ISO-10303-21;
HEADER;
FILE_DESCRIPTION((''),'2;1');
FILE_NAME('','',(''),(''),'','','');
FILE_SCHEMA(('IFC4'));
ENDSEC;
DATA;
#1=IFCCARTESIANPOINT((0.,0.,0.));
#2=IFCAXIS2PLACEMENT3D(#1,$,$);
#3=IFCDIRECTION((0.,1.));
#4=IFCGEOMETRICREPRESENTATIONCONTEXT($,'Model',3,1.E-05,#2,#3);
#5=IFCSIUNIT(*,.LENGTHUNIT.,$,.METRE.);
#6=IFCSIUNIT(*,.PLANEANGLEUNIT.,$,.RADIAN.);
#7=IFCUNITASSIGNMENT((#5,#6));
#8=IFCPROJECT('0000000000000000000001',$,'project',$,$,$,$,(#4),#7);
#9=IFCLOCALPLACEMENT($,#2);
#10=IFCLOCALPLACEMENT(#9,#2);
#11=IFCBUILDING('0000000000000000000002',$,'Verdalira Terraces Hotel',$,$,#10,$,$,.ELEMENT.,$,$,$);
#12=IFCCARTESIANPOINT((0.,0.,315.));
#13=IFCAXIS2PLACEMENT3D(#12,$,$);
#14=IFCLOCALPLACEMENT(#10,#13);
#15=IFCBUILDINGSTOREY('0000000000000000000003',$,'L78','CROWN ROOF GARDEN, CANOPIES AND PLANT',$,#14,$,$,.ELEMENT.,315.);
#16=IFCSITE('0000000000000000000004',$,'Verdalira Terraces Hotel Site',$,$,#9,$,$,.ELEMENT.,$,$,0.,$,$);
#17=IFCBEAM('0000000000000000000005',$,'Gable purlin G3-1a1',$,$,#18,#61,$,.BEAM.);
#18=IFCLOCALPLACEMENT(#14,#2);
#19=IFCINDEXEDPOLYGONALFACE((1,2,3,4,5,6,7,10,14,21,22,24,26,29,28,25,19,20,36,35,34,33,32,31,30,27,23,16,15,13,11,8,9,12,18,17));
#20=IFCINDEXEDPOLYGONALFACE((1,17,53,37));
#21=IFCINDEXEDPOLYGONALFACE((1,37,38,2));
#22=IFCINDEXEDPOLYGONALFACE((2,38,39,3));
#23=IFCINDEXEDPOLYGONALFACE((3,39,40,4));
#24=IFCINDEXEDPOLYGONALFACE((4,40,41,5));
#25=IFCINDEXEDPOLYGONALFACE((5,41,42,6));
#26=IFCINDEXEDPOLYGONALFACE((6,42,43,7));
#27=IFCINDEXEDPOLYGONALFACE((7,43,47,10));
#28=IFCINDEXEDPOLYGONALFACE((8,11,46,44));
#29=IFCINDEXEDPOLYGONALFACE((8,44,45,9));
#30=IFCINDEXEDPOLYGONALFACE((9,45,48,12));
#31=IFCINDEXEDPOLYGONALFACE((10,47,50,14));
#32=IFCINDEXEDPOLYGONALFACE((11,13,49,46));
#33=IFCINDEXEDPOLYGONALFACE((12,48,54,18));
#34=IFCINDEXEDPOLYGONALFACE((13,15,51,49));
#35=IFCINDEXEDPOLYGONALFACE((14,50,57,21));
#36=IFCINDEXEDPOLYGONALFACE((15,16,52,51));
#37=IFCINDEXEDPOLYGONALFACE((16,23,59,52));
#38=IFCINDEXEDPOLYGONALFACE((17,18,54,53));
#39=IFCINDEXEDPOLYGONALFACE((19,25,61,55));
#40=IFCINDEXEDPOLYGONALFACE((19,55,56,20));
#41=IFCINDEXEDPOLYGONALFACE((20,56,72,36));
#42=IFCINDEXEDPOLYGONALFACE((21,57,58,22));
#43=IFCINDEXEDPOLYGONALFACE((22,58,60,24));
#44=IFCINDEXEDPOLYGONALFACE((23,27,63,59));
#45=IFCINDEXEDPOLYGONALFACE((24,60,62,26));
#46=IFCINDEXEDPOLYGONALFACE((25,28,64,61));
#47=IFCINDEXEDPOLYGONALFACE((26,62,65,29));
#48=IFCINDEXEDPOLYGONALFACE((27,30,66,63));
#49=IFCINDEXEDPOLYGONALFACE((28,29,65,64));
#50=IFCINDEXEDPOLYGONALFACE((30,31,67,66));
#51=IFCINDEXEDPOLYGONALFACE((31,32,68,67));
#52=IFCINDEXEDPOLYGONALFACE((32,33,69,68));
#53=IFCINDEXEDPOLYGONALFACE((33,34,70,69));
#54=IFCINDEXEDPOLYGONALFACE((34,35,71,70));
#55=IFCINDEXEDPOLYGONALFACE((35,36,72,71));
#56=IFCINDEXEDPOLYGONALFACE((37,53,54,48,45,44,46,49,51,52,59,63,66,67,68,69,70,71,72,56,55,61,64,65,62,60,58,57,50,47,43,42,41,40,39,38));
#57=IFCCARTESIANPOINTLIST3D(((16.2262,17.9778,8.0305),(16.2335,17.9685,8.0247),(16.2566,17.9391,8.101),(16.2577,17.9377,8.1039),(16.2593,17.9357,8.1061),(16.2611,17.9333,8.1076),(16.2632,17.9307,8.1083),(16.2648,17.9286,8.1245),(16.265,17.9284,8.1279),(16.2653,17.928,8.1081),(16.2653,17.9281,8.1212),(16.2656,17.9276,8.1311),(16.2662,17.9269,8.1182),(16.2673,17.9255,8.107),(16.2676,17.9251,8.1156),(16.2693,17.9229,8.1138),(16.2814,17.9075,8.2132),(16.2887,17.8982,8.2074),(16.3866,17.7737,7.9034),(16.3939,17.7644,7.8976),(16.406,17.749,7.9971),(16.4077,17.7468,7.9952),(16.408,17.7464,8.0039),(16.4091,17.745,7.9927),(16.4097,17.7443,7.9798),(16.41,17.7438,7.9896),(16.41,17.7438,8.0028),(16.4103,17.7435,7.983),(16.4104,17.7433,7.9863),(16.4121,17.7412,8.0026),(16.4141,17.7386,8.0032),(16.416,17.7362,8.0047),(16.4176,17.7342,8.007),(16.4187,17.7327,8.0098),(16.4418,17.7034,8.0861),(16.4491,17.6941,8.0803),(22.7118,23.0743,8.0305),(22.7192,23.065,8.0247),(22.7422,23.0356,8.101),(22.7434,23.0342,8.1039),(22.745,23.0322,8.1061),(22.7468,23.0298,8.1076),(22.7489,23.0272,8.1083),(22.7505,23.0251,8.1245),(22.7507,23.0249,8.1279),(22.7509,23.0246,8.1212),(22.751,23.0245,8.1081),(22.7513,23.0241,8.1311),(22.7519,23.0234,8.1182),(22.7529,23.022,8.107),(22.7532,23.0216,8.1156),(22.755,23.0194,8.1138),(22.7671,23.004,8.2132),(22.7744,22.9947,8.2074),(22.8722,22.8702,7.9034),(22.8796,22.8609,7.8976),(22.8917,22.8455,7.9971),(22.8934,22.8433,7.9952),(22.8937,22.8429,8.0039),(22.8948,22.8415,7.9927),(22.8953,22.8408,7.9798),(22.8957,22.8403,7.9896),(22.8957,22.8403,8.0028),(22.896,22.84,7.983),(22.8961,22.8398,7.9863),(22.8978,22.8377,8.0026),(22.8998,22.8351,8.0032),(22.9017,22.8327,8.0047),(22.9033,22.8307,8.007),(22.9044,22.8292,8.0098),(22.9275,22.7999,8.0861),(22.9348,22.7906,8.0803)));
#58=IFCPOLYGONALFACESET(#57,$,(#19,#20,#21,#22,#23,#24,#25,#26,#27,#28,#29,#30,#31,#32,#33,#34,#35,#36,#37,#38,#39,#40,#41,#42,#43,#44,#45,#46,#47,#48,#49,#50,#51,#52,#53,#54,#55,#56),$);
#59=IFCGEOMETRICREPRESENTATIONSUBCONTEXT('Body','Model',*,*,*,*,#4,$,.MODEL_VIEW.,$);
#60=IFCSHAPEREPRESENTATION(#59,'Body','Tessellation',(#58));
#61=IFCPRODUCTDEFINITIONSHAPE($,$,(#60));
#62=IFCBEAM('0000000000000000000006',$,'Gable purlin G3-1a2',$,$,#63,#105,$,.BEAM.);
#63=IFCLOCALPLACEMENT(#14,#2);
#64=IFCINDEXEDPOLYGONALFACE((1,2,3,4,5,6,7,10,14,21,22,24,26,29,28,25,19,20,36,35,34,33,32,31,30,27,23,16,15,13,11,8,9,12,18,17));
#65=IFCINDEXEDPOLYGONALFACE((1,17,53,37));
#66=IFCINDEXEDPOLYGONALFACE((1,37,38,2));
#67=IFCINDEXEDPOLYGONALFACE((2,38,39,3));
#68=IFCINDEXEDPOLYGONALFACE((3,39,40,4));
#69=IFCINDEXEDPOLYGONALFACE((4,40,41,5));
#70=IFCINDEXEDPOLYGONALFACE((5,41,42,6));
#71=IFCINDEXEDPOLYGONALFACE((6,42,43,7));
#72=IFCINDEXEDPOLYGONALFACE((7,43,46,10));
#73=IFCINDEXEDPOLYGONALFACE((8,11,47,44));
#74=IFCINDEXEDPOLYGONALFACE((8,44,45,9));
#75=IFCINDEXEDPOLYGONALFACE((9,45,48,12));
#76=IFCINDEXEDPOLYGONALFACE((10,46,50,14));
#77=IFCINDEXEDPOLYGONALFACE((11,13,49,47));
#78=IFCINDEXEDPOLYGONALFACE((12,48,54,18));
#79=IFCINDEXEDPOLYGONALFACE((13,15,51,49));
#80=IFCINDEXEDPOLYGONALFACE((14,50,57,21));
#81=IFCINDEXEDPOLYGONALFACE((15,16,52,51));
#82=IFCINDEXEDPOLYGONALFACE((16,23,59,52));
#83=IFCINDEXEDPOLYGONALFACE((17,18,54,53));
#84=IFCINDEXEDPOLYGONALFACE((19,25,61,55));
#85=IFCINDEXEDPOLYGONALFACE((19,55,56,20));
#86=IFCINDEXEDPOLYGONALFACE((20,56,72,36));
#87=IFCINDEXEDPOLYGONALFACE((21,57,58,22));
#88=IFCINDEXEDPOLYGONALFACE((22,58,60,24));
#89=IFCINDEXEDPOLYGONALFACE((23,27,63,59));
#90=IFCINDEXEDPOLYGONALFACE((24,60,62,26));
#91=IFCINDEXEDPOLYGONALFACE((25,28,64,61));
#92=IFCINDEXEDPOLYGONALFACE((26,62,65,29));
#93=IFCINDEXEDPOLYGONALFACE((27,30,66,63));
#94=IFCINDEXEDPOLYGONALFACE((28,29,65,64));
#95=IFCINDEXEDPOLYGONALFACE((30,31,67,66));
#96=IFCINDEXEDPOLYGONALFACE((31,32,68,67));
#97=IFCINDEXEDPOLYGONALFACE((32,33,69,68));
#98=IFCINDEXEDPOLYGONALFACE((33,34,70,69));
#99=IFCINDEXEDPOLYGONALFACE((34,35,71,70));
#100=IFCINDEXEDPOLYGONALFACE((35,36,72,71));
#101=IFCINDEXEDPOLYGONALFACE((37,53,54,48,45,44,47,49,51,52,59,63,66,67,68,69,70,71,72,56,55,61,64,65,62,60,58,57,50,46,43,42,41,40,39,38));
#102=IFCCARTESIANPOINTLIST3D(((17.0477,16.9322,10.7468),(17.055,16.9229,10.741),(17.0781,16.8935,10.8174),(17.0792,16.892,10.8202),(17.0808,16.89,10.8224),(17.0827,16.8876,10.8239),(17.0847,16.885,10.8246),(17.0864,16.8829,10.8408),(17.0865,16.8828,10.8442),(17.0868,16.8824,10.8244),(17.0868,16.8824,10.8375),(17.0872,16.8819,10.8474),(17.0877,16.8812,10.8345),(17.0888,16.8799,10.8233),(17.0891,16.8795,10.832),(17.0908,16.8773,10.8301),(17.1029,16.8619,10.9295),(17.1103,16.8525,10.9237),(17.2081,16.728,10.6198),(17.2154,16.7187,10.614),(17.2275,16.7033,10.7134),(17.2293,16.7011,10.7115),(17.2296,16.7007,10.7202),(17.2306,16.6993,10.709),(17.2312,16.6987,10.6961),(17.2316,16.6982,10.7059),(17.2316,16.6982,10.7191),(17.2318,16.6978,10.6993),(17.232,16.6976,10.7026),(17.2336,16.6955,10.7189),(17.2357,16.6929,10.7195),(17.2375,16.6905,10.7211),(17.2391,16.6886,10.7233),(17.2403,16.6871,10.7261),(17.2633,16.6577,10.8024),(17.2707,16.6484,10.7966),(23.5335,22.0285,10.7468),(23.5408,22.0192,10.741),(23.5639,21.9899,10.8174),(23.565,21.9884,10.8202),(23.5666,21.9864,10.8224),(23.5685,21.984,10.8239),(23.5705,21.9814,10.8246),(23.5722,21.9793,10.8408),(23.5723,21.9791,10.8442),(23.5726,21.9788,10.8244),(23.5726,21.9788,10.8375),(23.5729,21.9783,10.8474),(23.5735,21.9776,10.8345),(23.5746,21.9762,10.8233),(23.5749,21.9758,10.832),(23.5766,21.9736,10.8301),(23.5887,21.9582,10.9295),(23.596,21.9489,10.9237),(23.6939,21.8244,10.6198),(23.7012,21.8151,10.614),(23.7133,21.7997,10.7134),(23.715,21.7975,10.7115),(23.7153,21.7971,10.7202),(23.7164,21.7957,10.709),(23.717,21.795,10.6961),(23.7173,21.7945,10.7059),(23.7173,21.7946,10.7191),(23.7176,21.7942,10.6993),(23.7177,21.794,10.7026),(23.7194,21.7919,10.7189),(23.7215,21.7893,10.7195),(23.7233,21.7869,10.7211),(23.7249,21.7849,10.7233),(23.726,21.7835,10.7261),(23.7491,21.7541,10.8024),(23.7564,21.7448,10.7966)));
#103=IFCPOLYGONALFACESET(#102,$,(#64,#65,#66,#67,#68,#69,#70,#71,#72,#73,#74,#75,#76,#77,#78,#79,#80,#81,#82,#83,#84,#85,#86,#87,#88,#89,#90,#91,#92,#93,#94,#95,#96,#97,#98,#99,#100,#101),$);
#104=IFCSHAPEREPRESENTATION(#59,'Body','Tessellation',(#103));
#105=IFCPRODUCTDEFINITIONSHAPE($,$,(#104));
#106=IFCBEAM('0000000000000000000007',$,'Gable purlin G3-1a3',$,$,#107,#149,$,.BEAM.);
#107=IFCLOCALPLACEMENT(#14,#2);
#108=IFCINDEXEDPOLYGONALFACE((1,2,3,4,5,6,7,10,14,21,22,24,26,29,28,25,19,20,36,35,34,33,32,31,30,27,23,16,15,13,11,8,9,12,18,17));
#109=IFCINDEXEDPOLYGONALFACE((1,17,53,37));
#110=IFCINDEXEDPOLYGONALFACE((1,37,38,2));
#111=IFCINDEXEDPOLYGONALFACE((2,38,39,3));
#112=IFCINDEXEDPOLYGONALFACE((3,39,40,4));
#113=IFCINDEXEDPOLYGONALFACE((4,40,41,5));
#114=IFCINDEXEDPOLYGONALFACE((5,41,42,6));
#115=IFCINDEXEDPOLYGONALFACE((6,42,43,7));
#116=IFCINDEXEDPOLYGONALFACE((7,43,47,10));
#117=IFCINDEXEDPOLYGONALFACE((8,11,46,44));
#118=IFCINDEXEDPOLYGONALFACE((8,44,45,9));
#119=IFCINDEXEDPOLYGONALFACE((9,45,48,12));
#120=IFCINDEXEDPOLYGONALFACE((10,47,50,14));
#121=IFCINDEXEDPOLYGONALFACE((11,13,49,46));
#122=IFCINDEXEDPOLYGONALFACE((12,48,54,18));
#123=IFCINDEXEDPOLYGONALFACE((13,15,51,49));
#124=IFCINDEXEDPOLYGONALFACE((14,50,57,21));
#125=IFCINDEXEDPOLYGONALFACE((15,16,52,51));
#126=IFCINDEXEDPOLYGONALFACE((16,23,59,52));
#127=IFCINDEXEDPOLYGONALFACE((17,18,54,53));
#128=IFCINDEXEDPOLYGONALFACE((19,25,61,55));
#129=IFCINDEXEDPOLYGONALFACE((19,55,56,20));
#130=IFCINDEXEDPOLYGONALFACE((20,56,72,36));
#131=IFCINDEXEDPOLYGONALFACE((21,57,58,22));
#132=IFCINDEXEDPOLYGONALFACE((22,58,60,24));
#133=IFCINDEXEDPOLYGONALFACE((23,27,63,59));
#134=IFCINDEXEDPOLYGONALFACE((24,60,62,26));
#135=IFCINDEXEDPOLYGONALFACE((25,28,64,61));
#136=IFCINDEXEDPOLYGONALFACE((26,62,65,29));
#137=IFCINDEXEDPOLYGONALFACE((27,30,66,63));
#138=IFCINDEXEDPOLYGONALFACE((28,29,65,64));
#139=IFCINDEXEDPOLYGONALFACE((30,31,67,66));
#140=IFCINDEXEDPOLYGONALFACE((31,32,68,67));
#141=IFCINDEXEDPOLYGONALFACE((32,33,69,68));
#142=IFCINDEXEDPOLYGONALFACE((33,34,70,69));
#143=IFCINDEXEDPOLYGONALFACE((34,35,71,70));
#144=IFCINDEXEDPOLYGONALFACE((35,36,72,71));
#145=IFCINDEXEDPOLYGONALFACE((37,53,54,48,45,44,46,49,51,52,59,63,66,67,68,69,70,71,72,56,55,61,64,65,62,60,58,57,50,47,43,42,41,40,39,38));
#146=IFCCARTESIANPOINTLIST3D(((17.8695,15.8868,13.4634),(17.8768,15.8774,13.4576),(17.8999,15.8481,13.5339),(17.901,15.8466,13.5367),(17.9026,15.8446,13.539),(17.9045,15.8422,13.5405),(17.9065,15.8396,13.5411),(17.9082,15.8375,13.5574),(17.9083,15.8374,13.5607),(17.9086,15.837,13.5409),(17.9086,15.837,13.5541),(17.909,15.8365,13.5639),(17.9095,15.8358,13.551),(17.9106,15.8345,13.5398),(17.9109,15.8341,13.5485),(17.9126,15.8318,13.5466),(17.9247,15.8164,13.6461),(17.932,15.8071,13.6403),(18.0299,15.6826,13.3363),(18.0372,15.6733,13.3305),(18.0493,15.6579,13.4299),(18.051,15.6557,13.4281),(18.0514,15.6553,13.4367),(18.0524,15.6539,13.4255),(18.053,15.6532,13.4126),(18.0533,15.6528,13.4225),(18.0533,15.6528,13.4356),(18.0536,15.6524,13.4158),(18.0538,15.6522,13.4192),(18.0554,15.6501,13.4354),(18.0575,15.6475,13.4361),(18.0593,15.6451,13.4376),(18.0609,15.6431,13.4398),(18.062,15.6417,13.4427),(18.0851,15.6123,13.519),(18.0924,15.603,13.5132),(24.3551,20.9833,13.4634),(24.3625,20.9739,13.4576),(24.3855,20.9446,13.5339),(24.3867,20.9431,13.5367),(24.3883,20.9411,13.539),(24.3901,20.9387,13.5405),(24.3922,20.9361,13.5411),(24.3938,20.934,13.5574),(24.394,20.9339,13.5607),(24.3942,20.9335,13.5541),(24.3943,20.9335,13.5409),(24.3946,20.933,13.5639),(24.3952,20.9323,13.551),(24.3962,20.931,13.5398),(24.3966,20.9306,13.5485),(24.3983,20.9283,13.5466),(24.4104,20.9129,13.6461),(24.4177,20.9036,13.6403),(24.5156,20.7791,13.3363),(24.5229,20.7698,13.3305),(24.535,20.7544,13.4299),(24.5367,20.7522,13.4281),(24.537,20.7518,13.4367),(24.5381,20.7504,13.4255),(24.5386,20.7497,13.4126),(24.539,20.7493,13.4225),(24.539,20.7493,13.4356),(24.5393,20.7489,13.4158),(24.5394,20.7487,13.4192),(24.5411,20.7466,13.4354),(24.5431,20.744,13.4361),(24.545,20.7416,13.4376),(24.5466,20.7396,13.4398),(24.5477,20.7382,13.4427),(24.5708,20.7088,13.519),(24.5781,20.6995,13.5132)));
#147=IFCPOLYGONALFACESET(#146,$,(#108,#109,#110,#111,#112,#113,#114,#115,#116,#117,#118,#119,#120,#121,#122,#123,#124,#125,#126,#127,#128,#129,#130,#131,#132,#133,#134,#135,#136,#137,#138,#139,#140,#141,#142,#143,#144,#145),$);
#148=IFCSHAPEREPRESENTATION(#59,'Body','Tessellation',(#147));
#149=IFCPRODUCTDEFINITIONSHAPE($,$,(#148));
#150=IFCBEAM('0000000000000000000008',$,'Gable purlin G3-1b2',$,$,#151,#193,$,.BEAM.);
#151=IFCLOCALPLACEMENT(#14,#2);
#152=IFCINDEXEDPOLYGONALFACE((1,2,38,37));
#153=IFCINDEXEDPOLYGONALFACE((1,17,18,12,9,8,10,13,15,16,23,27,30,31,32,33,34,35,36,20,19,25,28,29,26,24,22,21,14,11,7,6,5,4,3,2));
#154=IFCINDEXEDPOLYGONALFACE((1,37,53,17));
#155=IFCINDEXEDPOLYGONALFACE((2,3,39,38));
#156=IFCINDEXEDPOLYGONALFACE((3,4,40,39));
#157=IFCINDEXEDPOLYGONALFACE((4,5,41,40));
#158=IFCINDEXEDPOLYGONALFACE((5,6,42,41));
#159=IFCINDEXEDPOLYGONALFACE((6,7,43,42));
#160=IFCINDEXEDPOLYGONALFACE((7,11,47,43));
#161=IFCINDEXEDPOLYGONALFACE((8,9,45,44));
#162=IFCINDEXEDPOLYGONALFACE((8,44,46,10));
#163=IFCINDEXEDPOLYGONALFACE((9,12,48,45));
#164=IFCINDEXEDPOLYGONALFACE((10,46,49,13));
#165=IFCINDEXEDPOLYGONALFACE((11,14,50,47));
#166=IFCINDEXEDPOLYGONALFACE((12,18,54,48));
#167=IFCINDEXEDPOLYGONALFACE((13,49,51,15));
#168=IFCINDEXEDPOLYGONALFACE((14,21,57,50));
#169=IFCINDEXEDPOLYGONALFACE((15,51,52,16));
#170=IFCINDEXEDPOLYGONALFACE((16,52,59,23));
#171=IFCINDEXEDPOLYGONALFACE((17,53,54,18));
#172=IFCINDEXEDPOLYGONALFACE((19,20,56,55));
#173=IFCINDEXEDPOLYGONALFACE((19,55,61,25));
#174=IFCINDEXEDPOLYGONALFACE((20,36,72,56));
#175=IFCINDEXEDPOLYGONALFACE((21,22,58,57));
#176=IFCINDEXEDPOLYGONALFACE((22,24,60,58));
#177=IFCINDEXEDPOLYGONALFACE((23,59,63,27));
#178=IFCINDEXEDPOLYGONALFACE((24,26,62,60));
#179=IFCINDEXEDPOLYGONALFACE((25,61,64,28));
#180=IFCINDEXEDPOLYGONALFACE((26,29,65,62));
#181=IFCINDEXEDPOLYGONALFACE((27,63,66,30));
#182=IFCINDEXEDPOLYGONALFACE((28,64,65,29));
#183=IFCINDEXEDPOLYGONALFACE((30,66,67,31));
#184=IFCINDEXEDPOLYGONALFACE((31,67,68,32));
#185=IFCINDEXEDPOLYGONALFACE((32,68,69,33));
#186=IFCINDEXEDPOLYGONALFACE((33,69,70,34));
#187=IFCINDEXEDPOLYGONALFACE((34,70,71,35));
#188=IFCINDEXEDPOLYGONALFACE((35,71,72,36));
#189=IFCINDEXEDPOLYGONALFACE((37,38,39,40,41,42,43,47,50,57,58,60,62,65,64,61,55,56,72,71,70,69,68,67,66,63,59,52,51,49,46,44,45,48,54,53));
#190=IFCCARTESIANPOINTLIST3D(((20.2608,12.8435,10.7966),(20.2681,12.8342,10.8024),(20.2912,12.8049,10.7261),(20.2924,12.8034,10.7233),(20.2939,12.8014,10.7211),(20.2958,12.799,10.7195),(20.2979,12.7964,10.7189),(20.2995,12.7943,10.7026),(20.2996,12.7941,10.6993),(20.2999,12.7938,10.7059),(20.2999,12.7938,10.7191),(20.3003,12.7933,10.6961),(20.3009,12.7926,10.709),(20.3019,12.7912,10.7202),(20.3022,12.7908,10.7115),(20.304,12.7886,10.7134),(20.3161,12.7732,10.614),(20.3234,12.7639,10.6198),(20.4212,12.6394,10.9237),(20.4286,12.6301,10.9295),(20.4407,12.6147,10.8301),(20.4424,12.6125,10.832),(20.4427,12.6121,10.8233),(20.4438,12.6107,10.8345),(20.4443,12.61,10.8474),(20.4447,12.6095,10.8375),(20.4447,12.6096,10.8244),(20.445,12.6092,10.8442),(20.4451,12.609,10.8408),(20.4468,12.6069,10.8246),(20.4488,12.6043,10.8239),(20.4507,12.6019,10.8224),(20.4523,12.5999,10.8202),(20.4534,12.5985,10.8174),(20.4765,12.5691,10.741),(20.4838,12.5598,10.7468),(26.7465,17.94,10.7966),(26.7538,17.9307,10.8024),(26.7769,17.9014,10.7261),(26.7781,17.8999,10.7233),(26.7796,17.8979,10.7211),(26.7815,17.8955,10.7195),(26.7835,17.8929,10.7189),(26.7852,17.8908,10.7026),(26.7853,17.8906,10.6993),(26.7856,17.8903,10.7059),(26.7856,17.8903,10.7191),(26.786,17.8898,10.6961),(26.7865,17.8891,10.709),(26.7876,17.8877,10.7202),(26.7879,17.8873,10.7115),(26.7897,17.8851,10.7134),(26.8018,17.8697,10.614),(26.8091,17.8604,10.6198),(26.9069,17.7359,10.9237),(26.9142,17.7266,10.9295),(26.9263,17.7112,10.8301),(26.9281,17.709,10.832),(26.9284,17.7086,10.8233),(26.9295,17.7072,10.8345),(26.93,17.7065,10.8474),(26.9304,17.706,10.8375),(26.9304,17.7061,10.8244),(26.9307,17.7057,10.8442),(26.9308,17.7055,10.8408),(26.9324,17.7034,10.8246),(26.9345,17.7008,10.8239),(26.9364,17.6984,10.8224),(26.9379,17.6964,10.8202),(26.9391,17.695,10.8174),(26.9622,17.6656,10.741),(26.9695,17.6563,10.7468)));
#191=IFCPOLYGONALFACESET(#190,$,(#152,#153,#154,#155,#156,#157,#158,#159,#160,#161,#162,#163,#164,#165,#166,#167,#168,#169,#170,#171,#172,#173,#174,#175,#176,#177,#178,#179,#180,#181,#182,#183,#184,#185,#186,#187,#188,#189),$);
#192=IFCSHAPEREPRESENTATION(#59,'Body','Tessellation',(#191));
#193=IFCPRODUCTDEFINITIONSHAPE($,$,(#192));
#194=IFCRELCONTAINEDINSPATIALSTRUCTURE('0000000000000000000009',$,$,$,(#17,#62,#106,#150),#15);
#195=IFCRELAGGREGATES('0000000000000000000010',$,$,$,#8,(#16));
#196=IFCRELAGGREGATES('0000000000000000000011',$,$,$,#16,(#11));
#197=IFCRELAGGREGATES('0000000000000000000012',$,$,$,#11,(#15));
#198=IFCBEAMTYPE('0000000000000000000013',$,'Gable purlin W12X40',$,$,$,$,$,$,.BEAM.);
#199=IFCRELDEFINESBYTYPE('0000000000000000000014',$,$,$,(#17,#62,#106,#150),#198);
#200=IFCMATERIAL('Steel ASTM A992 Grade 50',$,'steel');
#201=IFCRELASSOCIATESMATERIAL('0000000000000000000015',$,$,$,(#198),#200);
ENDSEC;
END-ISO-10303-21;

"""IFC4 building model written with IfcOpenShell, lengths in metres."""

from ifc_helpers import new_model, si_unit, direction, frame, origin, origin_2d, place, context, subcontext, project, spatial, i_section, extrude, material, material_profile, profile_set, type_object, element, save


model = new_model("IFC4")

# Units and contexts
model_context = context("Model", 3, precision=1e-05, world=origin(), true_north=direction((0.0, 1.0)))
body_context = subcontext(model_context, "Body", "Model", "MODEL_VIEW")
ifc_project = project(units=[si_unit("LENGTHUNIT", "METRE"), si_unit("PLANEANGLEUNIT", "RADIAN")], contexts=[model_context])

# Site, building, storey
site_placement = place(None, origin())
site = spatial("IfcSite", under=ifc_project, at=site_placement, Name="Verdalira Terraces Hotel Site", CompositionType="ELEMENT", RefElevation=0.0)
building_placement = place(site_placement, origin())
building = spatial("IfcBuilding", under=site, at=building_placement, Name="Verdalira Terraces Hotel", CompositionType="ELEMENT")
storey_placement = place(building_placement, frame((0.0, 0.0, 315.0)))
storey = spatial("IfcBuildingStorey", under=building, at=storey_placement, Name="L78", Description="CROWN ROOF GARDEN, CANOPIES AND PLANT", CompositionType="ELEMENT", Elevation=315.0)

# Beams
ifc_material_1 = material(Name="Steel ASTM A992 Grade 50", Category="steel")
ifc_material_profile_1 = material_profile(ifc_material_1, i_section(OverallWidth=0.2034, OverallDepth=0.3022, WebThickness=0.0076, FlangeThickness=0.0132, FilletRadius=0.0129, at=origin_2d()), Name="W12X40")
ifc_profile_set_1 = profile_set([ifc_material_profile_1], Name="Steel ASTM A992 Grade 50")
beam_type_1 = type_object("IfcBeamType", Name="Gable purlin W12X40", PredefinedType="BEAM", material=ifc_profile_set_1)
for number, where, z_axis, x_axis, name in (
    (1, (16.3376, 17.8359, 8.0554), (0.786282, 0.617867, 0.0), (-0.271663, 0.345712, -0.898155), "Gable purlin G3-1a1"),
    (2, (17.1592, 16.7903, 10.7717), (0.786294, 0.617853, 0.0), (-0.271657, 0.345717, -0.898155), "Gable purlin G3-1a2"),
    (3, (17.981, 15.7449, 13.4883), (0.786282, 0.617867, 0.0), (-0.271663, 0.345712, -0.898155), "Gable purlin G3-1a3"),
    (4, (20.3723, 12.7017, 10.7717), (0.786282, 0.617867, 0.0), (-0.271663, 0.345712, 0.898155), "Gable purlin G3-1b2"),
):
    element("IfcBeam", number, at=place(storey_placement, frame(where, z_axis=z_axis, x_axis=x_axis)), inside=storey, type_object=beam_type_1, Name=name, PredefinedType="BEAM", context=body_context, shape_type="SweptSolid", body=[
        extrude(i_section(OverallWidth=0.2034, OverallDepth=0.3022, WebThickness=0.0076, FlangeThickness=0.0132, FilletRadius=0.0129, at=origin_2d()), origin(), (0.0, 0.0, 1.0), 8.2485),
    ])

save(model, "model.ifc")
